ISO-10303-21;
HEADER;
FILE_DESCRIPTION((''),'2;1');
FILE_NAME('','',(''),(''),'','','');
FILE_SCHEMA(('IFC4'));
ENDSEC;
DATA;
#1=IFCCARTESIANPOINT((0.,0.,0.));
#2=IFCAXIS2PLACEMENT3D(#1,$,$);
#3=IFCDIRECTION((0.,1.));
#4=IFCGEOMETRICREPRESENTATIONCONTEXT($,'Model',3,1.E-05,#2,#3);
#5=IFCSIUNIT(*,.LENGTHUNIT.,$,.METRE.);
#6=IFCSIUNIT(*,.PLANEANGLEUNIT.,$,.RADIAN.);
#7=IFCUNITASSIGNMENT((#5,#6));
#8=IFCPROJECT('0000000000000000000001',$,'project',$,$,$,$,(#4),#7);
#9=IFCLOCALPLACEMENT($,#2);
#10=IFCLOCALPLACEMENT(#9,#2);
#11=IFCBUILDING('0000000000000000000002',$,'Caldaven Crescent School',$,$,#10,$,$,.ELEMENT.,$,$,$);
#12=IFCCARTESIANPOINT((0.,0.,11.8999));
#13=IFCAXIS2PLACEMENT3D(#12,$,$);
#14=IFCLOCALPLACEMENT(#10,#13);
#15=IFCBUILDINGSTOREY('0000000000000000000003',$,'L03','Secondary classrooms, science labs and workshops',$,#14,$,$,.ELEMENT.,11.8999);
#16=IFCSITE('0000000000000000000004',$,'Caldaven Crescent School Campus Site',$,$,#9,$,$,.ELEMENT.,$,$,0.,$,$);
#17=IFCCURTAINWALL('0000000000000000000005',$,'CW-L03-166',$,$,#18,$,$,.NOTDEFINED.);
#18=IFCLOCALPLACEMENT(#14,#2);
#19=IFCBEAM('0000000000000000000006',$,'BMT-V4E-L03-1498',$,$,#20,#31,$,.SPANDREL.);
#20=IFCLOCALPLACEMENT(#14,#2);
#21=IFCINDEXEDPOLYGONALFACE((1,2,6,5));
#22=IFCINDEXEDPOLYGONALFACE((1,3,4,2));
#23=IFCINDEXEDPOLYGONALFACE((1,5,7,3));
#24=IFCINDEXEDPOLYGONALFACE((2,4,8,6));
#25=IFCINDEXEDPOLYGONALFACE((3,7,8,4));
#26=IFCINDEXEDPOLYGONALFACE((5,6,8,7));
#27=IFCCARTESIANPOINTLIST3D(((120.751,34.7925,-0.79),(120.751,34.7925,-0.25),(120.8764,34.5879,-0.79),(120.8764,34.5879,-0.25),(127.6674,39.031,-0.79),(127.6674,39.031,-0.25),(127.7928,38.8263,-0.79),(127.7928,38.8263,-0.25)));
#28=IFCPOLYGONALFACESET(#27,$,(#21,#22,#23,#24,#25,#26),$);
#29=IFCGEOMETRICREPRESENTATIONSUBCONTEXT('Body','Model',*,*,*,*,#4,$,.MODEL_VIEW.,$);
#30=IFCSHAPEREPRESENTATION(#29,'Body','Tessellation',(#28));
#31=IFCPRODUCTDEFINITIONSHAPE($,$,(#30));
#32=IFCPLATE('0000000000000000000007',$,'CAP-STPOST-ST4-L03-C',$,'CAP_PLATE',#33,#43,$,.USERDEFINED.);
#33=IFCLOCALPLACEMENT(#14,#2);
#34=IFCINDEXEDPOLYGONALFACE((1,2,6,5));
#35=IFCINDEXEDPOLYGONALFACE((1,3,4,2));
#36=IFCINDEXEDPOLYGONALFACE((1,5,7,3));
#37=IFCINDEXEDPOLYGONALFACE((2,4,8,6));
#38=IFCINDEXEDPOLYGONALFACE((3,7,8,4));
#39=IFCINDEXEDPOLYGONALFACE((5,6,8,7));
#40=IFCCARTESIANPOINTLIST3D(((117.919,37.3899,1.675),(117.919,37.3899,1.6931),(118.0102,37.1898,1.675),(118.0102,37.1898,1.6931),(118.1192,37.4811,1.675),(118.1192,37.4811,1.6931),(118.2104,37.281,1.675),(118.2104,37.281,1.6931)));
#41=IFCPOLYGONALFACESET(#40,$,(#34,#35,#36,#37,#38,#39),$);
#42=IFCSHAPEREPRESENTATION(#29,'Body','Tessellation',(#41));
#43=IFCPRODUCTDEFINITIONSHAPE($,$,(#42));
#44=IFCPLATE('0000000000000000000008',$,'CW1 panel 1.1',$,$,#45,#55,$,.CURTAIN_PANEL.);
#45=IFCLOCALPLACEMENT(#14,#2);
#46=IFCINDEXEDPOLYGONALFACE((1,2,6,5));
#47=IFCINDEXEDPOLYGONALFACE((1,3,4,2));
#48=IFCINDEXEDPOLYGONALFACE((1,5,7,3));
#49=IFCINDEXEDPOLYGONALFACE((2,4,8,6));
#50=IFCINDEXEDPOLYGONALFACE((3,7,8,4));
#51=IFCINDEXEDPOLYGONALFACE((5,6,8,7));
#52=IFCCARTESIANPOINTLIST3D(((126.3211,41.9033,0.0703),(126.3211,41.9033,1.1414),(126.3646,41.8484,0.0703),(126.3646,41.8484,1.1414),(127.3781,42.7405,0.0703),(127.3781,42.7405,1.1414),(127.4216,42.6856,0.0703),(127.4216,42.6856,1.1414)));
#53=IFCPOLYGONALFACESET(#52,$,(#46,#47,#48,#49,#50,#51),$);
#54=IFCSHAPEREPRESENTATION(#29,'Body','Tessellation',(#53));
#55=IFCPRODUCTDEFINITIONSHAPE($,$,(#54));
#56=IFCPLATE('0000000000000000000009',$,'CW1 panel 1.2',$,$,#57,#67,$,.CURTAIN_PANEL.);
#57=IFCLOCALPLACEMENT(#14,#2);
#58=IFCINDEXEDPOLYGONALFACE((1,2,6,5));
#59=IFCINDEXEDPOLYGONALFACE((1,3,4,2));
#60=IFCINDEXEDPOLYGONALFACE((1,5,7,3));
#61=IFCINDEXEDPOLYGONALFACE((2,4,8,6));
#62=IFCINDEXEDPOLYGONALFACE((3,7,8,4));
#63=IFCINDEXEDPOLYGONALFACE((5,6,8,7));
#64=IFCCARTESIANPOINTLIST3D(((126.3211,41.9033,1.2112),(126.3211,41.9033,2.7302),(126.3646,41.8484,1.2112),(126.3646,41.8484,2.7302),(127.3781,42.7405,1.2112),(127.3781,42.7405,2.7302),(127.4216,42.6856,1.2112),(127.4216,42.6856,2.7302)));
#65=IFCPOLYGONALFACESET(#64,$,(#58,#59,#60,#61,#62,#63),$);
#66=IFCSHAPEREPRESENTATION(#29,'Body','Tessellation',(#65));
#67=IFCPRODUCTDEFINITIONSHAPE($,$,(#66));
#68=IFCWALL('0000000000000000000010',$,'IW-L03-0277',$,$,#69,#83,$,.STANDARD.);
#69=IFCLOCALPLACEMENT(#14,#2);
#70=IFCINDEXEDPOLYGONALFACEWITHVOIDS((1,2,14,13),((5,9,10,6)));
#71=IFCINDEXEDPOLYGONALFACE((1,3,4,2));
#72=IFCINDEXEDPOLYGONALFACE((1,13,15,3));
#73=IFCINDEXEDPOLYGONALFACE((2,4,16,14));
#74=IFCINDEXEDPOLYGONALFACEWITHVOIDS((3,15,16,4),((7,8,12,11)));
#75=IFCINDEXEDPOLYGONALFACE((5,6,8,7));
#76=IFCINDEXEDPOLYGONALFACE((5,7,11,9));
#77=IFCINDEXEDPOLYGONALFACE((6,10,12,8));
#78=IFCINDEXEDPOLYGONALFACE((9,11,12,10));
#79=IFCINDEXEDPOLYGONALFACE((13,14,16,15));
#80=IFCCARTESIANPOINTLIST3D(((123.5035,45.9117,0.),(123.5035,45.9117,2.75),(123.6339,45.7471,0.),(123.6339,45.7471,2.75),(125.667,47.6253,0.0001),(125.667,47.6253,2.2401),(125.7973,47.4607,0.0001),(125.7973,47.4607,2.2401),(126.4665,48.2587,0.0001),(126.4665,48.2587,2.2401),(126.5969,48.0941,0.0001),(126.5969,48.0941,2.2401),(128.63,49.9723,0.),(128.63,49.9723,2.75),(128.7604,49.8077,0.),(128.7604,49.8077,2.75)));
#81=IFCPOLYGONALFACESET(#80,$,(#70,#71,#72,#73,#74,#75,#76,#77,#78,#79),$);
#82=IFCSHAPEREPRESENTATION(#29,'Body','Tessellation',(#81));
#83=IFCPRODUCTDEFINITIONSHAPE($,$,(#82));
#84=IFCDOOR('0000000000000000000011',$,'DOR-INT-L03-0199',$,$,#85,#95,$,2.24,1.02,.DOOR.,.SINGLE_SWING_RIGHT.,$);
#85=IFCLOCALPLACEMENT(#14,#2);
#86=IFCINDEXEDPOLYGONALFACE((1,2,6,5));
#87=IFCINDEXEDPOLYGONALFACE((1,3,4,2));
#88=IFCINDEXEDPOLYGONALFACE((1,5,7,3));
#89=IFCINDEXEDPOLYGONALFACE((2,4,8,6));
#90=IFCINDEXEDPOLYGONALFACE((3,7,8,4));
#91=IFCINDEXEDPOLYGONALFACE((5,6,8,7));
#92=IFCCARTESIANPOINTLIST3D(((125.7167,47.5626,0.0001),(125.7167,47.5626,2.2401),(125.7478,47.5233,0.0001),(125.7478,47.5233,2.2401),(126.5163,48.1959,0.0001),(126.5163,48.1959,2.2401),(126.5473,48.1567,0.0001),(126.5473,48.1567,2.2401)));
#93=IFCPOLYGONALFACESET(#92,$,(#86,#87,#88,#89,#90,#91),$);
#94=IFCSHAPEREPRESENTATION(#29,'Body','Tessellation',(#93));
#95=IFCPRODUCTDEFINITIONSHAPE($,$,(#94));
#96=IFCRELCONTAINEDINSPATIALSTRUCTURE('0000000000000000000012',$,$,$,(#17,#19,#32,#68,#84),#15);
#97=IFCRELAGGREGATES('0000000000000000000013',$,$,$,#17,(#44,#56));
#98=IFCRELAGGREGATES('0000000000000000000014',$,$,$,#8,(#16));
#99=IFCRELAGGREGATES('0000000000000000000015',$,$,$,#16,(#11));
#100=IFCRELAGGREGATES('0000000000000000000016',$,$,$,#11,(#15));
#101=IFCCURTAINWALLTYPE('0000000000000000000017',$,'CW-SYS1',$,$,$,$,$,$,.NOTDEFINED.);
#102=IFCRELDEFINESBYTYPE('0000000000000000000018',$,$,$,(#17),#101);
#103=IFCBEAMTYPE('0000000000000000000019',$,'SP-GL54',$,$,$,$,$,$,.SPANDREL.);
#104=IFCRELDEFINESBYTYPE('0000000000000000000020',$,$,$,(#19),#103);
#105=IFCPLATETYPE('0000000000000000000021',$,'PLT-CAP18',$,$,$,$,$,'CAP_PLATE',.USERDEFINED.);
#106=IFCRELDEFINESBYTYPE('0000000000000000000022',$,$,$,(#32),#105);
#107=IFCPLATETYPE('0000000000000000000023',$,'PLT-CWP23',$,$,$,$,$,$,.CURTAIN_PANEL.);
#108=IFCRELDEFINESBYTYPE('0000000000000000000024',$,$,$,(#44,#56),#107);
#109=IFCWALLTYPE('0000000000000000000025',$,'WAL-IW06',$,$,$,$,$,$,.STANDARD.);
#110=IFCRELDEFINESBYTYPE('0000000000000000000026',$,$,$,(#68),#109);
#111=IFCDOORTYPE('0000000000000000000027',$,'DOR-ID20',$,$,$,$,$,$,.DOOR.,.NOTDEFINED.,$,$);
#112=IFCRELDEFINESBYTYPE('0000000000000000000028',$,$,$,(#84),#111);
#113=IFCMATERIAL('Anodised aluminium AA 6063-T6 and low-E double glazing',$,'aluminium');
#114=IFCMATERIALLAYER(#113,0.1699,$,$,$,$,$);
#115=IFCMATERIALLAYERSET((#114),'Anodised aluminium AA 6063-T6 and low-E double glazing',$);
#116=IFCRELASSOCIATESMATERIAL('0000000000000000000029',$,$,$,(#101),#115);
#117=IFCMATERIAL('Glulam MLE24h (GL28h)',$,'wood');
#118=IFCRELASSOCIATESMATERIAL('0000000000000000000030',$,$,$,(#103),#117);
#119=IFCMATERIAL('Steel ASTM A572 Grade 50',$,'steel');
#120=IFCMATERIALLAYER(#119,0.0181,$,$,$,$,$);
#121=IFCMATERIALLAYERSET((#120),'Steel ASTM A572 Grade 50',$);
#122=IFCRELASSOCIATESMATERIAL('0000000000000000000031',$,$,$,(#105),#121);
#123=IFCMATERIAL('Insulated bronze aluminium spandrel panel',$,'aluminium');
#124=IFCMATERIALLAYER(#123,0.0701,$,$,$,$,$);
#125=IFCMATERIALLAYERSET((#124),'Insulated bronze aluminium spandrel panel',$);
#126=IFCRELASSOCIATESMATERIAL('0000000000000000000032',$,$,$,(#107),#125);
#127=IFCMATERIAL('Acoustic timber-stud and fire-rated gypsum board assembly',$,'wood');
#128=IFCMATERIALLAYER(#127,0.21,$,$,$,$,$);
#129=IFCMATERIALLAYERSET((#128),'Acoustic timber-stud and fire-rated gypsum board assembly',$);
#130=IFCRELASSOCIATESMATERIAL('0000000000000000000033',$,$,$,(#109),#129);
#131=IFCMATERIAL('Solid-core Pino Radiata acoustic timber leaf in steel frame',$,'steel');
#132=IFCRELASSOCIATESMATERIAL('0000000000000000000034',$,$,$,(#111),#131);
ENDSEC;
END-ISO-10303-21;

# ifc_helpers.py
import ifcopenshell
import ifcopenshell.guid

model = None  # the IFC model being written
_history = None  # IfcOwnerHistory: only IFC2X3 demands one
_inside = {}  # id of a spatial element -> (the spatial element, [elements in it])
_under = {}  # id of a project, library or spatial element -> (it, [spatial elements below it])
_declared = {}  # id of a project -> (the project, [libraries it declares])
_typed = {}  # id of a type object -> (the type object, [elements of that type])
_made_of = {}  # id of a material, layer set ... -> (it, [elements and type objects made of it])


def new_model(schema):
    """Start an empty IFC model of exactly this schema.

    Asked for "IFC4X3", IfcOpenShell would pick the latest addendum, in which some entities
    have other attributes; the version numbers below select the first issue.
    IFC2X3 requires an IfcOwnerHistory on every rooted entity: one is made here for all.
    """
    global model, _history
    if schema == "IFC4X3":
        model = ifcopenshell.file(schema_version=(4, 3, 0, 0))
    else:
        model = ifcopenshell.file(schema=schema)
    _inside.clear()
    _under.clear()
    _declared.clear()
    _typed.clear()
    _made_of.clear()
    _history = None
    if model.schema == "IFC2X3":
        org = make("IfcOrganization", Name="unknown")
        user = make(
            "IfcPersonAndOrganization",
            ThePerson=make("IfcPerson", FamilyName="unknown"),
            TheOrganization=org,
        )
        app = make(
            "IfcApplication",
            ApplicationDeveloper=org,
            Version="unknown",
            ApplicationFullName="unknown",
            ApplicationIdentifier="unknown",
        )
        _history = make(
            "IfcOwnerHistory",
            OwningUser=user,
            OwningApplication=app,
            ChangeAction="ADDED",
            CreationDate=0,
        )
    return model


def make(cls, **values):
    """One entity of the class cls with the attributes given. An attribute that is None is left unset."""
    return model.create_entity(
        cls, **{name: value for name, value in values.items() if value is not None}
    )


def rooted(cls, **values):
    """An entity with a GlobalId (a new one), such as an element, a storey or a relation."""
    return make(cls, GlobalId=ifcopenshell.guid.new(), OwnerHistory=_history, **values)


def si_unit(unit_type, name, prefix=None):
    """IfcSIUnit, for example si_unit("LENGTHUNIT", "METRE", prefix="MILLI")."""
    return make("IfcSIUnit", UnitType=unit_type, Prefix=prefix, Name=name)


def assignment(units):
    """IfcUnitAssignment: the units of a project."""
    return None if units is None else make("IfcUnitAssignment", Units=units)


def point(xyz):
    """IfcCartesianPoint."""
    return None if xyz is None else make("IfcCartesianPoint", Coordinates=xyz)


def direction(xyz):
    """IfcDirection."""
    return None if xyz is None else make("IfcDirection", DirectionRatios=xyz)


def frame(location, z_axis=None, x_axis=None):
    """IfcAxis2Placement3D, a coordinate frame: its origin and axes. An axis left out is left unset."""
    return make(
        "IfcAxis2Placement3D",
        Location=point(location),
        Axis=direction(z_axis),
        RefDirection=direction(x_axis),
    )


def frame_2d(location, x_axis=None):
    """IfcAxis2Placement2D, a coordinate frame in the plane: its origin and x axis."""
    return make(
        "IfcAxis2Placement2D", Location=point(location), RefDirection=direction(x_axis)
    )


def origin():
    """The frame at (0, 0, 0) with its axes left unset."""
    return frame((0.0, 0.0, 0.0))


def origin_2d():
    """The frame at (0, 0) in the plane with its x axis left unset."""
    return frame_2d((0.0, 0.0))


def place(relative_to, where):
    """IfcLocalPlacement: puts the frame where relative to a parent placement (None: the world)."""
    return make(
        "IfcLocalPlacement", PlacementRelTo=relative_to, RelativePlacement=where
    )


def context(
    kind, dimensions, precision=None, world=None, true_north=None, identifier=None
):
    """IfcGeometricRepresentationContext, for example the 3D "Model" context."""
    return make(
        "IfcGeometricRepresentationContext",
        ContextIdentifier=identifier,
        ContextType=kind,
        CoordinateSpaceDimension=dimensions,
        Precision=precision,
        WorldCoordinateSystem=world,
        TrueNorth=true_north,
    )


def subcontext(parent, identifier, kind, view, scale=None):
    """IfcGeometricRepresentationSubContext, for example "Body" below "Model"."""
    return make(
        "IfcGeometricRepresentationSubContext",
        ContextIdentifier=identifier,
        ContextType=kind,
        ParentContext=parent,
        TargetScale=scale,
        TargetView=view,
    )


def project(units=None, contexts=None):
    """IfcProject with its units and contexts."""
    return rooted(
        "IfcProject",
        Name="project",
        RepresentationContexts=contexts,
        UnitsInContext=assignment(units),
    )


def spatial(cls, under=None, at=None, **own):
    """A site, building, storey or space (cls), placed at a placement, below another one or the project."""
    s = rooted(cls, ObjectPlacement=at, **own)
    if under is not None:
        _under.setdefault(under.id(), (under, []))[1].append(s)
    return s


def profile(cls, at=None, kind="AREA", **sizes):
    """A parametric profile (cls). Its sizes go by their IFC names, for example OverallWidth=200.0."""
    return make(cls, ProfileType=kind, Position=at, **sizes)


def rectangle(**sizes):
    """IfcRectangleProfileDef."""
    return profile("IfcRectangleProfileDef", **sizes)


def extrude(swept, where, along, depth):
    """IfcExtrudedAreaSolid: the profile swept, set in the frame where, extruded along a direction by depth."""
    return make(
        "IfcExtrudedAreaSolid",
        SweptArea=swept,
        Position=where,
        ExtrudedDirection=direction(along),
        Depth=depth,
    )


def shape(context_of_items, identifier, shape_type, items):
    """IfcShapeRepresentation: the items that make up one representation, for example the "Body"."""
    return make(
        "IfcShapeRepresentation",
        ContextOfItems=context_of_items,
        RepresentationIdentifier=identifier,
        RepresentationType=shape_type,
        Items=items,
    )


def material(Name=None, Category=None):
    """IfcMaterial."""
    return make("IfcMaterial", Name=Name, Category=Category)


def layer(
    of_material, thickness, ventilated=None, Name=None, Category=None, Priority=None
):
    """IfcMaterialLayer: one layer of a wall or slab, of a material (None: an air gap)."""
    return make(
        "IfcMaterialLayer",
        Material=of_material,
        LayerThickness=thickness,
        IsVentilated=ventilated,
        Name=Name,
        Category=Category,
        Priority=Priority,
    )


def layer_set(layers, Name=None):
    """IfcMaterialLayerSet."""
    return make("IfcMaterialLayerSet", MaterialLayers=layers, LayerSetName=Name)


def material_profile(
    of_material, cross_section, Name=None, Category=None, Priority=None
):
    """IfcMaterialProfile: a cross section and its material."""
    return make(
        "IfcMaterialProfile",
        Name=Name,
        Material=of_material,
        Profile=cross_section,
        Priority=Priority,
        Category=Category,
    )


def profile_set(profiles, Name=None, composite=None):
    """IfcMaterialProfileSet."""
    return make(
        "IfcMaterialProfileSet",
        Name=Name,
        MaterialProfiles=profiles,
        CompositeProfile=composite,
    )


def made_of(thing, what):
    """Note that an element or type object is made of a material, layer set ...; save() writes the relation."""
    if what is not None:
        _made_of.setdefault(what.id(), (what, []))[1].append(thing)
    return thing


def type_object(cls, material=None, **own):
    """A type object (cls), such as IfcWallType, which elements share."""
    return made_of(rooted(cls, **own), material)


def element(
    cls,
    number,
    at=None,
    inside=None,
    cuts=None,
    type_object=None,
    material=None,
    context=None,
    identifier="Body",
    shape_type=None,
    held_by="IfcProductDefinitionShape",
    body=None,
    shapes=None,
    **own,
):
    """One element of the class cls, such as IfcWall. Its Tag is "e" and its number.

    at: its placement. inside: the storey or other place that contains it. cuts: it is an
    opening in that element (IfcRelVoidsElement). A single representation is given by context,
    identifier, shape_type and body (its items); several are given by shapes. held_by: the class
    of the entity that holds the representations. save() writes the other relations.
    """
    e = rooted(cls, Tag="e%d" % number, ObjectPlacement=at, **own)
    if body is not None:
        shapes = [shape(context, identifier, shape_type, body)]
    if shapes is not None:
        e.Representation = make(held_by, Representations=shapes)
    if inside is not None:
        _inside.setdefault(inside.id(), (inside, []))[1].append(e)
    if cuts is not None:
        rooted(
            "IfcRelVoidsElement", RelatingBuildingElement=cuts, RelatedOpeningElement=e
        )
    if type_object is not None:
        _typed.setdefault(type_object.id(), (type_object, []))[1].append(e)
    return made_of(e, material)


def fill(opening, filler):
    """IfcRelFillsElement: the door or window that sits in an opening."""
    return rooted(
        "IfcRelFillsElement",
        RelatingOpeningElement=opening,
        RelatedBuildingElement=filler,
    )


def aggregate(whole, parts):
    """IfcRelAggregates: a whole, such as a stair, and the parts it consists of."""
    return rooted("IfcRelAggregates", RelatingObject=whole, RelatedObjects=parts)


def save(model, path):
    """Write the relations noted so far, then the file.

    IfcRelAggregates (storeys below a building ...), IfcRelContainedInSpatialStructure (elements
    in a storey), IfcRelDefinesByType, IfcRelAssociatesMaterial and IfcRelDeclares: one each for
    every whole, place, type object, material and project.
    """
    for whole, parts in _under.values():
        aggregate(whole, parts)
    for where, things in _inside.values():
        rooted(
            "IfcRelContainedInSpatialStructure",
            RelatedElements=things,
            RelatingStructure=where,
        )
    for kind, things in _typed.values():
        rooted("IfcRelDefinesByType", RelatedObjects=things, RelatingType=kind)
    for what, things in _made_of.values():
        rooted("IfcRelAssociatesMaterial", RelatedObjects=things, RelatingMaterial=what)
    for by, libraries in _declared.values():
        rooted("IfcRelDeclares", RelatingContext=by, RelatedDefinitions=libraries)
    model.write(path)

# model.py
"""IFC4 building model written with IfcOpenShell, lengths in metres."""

from ifc_helpers import new_model, si_unit, direction, frame, frame_2d, origin, origin_2d, place, context, subcontext, project, spatial, rectangle, extrude, material, layer, layer_set, material_profile, profile_set, type_object, element, fill, aggregate, save


model = new_model("IFC4")

# Units and contexts
model_context = context("Model", 3, precision=1e-05, world=origin(), true_north=direction((0.0, 1.0)))
body_context = subcontext(model_context, "Body", "Model", "MODEL_VIEW")
ifc_project = project(units=[si_unit("LENGTHUNIT", "METRE"), si_unit("PLANEANGLEUNIT", "RADIAN")], contexts=[model_context])

# Site, building, storey
site_placement = place(None, origin())
site = spatial("IfcSite", under=ifc_project, at=site_placement, Name="Caldaven Crescent School Campus Site", CompositionType="ELEMENT", RefElevation=0.0)
building_placement = place(site_placement, origin())
building = spatial("IfcBuilding", under=site, at=building_placement, Name="Caldaven Crescent School", CompositionType="ELEMENT")
storey_placement = place(building_placement, frame((0.0, 0.0, 11.8999)))
storey = spatial("IfcBuildingStorey", under=building, at=storey_placement, Name="L03", Description="Secondary classrooms, science labs and workshops", CompositionType="ELEMENT", Elevation=11.8999)

# Shared definitions
ifc_material_1 = material(Name="Glulam MLE24h (GL28h)", Category="wood")
ifc_material_2 = material(Name="Steel ASTM A572 Grade 50", Category="steel")

# Curtain wall
ifc_material_3 = material(Name="Anodised aluminium AA 6063-T6 and low-E double glazing", Category="aluminium")
ifc_layer_1 = layer(ifc_material_3, 0.1699)
ifc_layer_set_1 = layer_set([ifc_layer_1], Name="Anodised aluminium AA 6063-T6 and low-E double glazing")
curtain_wall_type = type_object("IfcCurtainWallType", Name="CW-SYS1", PredefinedType="NOTDEFINED", material=ifc_layer_set_1)
curtain_wall_placement = place(storey_placement, origin())
curtain_wall = element("IfcCurtainWall", 1, at=curtain_wall_placement, inside=storey, type_object=curtain_wall_type, Name="CW-L03-166", PredefinedType="NOTDEFINED")

# Beam
ifc_material_profile_1 = material_profile(ifc_material_1, rectangle(XDim=0.24, YDim=0.54, at=origin_2d()), Name="MLE 240x540")
ifc_profile_set_1 = profile_set([ifc_material_profile_1], Name="Glulam MLE24h (GL28h)")
beam_type_1 = type_object("IfcBeamType", Name="SP-GL54", PredefinedType="SPANDREL", material=ifc_profile_set_1)
beam_1_placement = place(storey_placement, frame((120.8137, 34.6902, -0.52), z_axis=(0.852635, 0.522506, 0.0), x_axis=(-0.522506, 0.852635, 0.0)))
element("IfcBeam", 2, at=beam_1_placement, inside=storey, type_object=beam_type_1, Name="BMT-V4E-L03-1498", PredefinedType="SPANDREL", context=body_context, shape_type="SweptSolid", body=[
    extrude(rectangle(XDim=0.24, YDim=0.54, at=origin_2d()), origin(), (0.0, 0.0, 1.0), 8.1118),
])

# Plates
ifc_layer_2 = layer(ifc_material_2, 0.0181)
ifc_layer_set_2 = layer_set([ifc_layer_2], Name="Steel ASTM A572 Grade 50")
plate_type_1 = type_object("IfcPlateType", Name="PLT-CAP18", ElementType="CAP_PLATE", PredefinedType="USERDEFINED", material=ifc_layer_set_2)
plate_1_placement = place(storey_placement, frame((118.0647, 37.3354, 1.675), z_axis=(0.0, 0.0, 1.0), x_axis=(0.909961, 0.414693, 0.0)))
element("IfcPlate", 3, at=plate_1_placement, inside=storey, type_object=plate_type_1, Name="CAP-STPOST-ST4-L03-C", ObjectType="CAP_PLATE", PredefinedType="USERDEFINED", context=body_context, shape_type="SweptSolid", body=[
    extrude(rectangle(XDim=0.22, YDim=0.22, at=origin_2d()), origin(), (0.0, 0.0, 1.0), 0.0181),
])
ifc_material_4 = material(Name="Insulated bronze aluminium spandrel panel", Category="aluminium")
ifc_layer_3 = layer(ifc_material_4, 0.0701)
ifc_layer_set_3 = layer_set([ifc_layer_3], Name="Insulated bronze aluminium spandrel panel")
plate_type_2 = type_object("IfcPlateType", Name="PLT-CWP23", PredefinedType="CURTAIN_PANEL", material=ifc_layer_set_3)
plate_2_placement = place(storey_placement, frame((126.8713, 42.2944, 0.0703), z_axis=(0.0, 0.0, 1.0), x_axis=(0.783882, 0.62091, 0.0)))
plate_2 = element("IfcPlate", 4, at=plate_2_placement, type_object=plate_type_2, Name="CW1 panel 1.1", PredefinedType="CURTAIN_PANEL", context=body_context, shape_type="SweptSolid", body=[
    extrude(rectangle(XDim=1.3484, YDim=0.0701, at=origin_2d()), origin(), (0.0, 0.0, 1.0), 1.071),
])
plate_3_placement = place(storey_placement, frame((126.8713, 42.2944, 1.2112), z_axis=(0.0, 0.0, 1.0), x_axis=(0.783882, 0.62091, 0.0)))
plate_3 = element("IfcPlate", 5, at=plate_3_placement, type_object=plate_type_2, Name="CW1 panel 1.2", PredefinedType="CURTAIN_PANEL", context=body_context, shape_type="SweptSolid", body=[
    extrude(rectangle(XDim=1.3484, YDim=0.0701, at=origin_2d()), origin(), (0.0, 0.0, 1.0), 1.519),
])
aggregate(curtain_wall, [plate_2, plate_3])

# Wall, opening, door
ifc_material_5 = material(Name="Acoustic timber-stud and fire-rated gypsum board assembly", Category="wood")
ifc_material_6 = material(Name="Solid-core Pino Radiata acoustic timber leaf in steel frame", Category="steel")
ifc_layer_4 = layer(ifc_material_5, 0.21)
ifc_layer_set_4 = layer_set([ifc_layer_4], Name="Acoustic timber-stud and fire-rated gypsum board assembly")
wall_type_1 = type_object("IfcWallType", Name="WAL-IW06", PredefinedType="STANDARD", material=ifc_layer_set_4)
wall_1_placement = place(storey_placement, frame((123.5686, 45.8293, 0.0), z_axis=(0.0, 0.0, 1.0), x_axis=(0.78389, 0.6209, 0.0)))
wall_1 = element("IfcWall", 6, at=wall_1_placement, inside=storey, type_object=wall_type_1, Name="IW-L03-0277", PredefinedType="STANDARD", context=body_context, shape_type="SweptSolid", body=[
    extrude(rectangle(XDim=6.5398, YDim=0.21, at=frame_2d((3.27, 0.0))), origin(), (0.0, 0.0, 1.0), 2.75),
])
opening_1_placement = place(wall_1_placement, frame((2.76, 0.0, 0.0)))
opening_1 = element("IfcOpeningElement", 7, at=opening_1_placement, cuts=wall_1, PredefinedType="OPENING", context=body_context, shape_type="SweptSolid", body=[
    extrude(rectangle(XDim=1.02, YDim=2.24, at=frame_2d((0.51, 1.1201))), frame((0.0, 0.115, 0.0), z_axis=(0.0, -1.0, 0.0), x_axis=(1.0, 0.0, 0.0)), (0.0, 0.0, 1.0), 0.23),
])
door_type_1 = type_object("IfcDoorType", Name="DOR-ID20", OperationType="NOTDEFINED", PredefinedType="DOOR", material=ifc_material_6)
door_1_placement = place(opening_1_placement, origin())
door_1 = element("IfcDoor", 8, at=door_1_placement, inside=storey, type_object=door_type_1, Name="DOR-INT-L03-0199", OperationType="SINGLE_SWING_RIGHT", OverallHeight=2.24, OverallWidth=1.02, PredefinedType="DOOR", context=body_context, shape_type="SweptSolid", body=[
    extrude(rectangle(XDim=1.02, YDim=2.24, at=frame_2d((0.51, 1.1201))), frame((0.0, 0.0249, 0.0), z_axis=(0.0, -1.0, 0.0), x_axis=(1.0, 0.0, 0.0)), (0.0, 0.0, 1.0), 0.05),
])
fill(opening_1, door_1)

save(model, "model.ifc")
